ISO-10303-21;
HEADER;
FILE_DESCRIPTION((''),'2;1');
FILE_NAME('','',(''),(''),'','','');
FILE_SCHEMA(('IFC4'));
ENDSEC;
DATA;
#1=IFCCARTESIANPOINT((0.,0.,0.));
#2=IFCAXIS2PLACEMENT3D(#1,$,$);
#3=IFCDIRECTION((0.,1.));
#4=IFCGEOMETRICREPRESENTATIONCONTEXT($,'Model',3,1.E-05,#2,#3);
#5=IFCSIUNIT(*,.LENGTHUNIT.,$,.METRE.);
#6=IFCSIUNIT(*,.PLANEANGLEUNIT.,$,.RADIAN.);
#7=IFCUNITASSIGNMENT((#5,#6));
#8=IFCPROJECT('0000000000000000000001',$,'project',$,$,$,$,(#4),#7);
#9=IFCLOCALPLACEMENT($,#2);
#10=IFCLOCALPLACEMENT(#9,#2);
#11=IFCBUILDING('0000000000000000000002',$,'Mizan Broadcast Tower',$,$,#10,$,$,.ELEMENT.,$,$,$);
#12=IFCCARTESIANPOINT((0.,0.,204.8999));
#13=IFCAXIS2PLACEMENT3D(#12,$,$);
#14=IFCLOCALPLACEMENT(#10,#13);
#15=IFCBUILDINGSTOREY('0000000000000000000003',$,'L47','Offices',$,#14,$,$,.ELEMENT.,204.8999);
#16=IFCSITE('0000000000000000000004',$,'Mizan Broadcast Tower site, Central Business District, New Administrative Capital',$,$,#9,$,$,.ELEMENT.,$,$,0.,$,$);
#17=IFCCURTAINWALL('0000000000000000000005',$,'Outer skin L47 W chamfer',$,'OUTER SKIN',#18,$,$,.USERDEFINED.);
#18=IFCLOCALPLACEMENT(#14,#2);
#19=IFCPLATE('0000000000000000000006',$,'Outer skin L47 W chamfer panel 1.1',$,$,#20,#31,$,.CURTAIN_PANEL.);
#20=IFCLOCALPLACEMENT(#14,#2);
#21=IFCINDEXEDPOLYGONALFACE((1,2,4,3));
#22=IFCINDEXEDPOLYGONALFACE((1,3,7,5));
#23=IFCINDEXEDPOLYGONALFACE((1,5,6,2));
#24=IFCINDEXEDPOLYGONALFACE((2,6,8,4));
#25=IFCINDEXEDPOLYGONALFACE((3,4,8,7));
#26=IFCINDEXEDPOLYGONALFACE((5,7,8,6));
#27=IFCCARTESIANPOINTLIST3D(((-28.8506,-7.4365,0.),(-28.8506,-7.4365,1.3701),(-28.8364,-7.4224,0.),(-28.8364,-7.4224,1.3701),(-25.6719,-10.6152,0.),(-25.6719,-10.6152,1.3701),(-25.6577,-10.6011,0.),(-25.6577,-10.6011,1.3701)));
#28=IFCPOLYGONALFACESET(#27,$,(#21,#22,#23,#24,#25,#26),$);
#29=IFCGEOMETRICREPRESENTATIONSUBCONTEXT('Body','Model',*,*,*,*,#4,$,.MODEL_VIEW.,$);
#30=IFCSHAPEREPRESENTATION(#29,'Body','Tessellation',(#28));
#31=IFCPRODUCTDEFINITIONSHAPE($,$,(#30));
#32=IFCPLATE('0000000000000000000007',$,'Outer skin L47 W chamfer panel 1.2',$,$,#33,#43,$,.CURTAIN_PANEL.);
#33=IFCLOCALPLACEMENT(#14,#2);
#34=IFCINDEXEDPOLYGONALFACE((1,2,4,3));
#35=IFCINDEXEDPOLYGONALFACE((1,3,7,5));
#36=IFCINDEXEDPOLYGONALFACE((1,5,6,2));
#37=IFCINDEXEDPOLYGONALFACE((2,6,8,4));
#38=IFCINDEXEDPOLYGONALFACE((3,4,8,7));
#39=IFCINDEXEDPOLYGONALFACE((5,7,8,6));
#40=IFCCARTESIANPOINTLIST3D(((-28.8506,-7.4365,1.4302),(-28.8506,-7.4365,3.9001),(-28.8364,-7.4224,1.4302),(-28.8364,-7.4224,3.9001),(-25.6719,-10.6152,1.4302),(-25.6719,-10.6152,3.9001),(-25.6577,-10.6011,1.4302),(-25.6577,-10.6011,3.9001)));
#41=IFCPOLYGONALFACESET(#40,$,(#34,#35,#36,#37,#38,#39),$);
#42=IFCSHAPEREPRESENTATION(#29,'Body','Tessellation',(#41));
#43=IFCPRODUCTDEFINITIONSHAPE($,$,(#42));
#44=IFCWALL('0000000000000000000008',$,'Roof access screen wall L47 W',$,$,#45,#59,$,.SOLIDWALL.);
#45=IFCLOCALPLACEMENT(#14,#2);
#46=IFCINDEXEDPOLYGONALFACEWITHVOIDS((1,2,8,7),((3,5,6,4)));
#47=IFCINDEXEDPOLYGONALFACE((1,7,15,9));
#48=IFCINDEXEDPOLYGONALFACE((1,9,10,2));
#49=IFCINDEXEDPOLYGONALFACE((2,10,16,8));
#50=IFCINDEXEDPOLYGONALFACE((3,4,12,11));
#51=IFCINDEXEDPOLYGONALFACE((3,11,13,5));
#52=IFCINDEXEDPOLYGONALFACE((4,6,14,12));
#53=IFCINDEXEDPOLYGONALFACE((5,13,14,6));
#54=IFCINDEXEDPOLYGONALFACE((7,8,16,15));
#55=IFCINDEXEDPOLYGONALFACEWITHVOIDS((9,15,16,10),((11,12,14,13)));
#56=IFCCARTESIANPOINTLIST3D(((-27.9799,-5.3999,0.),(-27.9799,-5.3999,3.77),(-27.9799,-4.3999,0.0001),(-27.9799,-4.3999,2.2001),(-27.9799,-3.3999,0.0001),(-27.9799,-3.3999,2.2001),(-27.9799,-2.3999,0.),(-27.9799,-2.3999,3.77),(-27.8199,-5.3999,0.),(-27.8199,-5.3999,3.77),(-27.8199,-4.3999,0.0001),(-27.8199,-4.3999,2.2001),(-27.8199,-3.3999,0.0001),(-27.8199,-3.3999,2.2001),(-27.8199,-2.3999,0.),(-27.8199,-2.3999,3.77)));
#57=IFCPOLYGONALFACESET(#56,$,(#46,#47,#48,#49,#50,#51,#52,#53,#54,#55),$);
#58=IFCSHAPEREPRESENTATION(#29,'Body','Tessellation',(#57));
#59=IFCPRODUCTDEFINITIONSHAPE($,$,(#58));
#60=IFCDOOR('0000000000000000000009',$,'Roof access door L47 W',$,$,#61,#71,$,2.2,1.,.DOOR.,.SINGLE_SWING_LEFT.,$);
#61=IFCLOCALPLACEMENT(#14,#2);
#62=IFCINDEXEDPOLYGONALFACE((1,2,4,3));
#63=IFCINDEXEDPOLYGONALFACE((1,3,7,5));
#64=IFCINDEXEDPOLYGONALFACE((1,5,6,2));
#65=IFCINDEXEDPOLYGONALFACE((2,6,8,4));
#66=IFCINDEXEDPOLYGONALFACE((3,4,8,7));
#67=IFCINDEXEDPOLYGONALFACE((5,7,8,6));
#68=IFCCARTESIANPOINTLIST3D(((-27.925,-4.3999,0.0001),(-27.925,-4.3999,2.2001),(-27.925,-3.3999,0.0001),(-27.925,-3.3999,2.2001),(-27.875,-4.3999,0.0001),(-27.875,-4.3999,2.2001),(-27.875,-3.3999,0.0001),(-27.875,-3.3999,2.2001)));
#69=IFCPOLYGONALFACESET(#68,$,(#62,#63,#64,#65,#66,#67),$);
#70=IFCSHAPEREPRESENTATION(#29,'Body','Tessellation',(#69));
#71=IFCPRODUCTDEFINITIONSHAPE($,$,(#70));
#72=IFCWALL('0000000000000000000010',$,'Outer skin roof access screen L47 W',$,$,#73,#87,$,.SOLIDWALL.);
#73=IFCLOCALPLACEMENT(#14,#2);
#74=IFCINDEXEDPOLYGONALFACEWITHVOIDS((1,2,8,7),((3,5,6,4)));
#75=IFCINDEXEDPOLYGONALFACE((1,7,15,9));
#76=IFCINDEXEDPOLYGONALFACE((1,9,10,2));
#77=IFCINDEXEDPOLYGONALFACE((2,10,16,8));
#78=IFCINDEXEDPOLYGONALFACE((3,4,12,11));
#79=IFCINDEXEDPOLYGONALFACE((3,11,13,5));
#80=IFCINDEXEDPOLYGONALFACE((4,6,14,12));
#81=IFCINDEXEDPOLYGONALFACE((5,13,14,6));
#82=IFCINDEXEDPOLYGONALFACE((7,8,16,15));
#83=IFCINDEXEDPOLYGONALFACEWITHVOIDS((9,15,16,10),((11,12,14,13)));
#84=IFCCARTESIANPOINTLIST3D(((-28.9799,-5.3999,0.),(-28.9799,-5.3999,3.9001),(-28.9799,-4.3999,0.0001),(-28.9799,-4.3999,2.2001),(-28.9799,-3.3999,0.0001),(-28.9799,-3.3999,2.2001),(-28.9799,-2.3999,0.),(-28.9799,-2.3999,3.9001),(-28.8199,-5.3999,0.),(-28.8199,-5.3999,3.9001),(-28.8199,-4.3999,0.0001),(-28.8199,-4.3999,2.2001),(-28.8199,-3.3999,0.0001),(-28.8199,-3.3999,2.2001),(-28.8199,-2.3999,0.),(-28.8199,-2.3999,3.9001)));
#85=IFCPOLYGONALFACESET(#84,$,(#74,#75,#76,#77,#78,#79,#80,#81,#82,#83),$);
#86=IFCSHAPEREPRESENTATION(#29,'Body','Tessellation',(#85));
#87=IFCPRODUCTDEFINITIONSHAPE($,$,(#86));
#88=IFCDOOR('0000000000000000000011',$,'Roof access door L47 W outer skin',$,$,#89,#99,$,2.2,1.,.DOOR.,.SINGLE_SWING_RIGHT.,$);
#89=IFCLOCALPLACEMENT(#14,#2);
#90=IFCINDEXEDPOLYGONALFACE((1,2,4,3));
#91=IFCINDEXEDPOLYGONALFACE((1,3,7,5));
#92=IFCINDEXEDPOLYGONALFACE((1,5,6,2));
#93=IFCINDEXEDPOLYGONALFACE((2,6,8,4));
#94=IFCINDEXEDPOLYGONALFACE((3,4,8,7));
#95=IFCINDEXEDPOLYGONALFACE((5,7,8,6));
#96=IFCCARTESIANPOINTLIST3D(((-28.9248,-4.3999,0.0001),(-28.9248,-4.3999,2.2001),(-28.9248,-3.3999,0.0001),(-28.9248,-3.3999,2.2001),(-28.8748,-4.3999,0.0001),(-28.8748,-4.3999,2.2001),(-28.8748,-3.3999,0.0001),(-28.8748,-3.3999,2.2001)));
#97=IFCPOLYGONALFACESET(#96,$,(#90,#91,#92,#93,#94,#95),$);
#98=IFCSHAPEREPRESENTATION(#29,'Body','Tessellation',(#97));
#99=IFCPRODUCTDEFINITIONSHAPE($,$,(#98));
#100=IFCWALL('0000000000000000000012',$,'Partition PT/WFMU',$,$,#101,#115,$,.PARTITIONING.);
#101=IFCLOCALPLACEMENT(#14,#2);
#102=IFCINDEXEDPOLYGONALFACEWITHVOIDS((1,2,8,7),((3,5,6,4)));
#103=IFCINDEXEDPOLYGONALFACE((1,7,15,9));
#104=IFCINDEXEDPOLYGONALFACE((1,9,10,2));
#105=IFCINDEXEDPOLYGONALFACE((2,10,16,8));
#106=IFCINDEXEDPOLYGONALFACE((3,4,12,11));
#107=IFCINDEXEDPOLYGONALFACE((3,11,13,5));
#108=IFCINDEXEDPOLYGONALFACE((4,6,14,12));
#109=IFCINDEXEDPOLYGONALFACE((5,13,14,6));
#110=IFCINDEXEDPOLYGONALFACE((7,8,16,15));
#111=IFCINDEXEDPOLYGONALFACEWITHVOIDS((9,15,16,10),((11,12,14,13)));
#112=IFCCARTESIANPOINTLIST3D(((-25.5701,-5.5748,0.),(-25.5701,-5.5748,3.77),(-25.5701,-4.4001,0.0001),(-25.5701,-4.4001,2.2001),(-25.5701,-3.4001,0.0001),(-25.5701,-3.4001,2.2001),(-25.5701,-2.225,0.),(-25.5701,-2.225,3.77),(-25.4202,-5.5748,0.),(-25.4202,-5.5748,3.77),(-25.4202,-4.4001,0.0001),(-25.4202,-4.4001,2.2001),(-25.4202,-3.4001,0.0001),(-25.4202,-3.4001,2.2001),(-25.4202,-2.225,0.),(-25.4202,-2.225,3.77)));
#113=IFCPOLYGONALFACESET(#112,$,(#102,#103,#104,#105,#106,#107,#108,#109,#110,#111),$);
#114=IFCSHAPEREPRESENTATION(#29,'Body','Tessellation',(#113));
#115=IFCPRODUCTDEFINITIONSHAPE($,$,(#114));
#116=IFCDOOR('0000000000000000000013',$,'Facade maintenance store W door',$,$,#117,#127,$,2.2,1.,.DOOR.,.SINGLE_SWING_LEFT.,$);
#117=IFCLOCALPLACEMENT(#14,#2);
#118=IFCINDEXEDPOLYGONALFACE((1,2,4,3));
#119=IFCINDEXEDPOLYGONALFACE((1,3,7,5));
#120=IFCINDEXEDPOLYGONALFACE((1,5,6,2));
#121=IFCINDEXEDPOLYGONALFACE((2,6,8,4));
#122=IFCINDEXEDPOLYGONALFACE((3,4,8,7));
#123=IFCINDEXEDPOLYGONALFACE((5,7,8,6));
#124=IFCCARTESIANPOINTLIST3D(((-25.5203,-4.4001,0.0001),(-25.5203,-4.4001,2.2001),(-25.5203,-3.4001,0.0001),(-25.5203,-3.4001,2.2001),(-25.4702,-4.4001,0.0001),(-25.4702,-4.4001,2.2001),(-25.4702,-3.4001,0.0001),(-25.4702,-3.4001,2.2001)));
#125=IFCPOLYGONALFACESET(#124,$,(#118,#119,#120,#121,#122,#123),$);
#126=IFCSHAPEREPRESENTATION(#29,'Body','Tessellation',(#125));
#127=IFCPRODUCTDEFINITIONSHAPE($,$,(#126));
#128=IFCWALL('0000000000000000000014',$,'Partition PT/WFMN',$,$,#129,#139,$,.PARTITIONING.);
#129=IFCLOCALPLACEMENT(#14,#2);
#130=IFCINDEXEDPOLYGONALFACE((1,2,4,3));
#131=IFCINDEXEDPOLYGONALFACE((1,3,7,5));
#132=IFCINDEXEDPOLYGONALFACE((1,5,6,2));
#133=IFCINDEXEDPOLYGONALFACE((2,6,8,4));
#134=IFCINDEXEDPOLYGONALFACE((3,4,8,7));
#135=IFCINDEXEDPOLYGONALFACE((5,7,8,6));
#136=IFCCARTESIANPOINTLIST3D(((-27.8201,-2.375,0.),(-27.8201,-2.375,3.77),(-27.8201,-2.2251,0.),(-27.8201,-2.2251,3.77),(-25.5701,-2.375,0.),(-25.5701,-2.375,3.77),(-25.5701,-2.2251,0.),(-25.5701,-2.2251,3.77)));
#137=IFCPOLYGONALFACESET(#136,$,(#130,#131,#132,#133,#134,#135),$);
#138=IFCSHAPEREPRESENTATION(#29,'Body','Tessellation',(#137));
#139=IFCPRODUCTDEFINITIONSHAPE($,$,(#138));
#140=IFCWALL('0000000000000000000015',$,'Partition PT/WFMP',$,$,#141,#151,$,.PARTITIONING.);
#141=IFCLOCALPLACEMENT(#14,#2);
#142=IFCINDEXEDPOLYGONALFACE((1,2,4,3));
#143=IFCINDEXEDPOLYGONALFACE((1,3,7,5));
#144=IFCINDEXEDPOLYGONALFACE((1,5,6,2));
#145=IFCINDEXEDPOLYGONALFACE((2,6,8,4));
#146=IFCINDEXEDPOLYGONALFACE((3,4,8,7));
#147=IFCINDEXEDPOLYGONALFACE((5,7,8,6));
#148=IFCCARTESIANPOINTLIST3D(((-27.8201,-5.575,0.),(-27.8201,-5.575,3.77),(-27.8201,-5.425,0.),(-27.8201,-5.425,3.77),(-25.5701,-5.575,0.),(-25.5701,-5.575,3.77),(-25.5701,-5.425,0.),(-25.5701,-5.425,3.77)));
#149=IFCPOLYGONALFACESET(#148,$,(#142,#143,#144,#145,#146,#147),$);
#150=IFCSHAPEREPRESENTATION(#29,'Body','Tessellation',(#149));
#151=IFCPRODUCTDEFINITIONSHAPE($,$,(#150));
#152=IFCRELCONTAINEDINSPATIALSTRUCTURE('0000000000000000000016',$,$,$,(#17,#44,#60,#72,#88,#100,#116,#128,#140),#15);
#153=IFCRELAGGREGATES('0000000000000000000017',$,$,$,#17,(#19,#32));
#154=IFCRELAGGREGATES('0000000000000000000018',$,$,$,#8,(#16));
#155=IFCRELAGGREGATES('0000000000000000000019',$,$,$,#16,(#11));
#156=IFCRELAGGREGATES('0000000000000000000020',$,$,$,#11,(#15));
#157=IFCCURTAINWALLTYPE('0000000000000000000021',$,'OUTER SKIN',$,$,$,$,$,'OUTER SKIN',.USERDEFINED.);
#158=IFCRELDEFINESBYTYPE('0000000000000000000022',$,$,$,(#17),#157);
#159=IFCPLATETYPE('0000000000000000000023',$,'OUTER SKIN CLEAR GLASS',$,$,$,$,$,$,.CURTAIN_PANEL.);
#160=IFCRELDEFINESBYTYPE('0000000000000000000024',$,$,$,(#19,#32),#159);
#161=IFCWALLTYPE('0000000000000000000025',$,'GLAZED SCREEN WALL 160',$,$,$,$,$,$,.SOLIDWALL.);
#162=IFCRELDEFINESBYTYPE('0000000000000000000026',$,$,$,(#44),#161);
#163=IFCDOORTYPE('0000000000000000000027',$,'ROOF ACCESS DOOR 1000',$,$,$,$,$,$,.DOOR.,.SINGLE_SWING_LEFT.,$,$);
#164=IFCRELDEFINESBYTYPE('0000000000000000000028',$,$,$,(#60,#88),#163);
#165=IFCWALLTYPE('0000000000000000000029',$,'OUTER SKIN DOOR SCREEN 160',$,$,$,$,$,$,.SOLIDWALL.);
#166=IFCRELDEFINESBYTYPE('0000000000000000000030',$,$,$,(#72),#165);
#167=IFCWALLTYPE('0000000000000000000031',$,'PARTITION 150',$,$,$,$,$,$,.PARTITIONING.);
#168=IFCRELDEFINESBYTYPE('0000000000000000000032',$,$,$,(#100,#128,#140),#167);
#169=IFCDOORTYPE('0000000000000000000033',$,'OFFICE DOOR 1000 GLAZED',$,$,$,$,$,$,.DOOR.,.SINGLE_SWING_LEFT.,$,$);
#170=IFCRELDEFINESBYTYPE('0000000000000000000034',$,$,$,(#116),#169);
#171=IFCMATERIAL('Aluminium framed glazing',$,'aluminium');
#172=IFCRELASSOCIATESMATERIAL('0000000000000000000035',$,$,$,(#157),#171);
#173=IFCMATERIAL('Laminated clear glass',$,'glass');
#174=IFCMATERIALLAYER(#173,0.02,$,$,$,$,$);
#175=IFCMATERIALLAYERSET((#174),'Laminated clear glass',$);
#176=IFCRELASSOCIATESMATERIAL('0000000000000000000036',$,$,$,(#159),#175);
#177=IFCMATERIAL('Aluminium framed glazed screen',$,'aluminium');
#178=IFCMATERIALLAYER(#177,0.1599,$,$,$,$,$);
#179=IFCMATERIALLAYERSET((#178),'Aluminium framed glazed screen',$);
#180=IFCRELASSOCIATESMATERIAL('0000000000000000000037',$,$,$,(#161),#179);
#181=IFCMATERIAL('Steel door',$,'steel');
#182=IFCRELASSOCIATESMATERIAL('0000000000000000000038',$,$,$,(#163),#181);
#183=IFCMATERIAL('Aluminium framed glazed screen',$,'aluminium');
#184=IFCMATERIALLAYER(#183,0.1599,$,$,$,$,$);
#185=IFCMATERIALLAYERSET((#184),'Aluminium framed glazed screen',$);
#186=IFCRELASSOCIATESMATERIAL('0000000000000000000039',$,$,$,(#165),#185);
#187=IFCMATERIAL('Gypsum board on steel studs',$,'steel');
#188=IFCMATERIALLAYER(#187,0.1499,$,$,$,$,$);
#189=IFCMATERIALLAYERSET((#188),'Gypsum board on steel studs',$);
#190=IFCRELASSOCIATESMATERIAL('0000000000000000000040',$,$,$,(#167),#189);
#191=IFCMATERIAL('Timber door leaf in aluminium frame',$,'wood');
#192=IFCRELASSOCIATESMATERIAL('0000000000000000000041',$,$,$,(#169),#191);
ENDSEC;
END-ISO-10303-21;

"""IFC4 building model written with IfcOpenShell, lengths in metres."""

from ifc_helpers import new_model, si_unit, direction, frame, frame_2d, origin, origin_2d, place, context, subcontext, project, spatial, rectangle, extrude, material, layer, layer_set, type_object, element, fill, aggregate, save


model = new_model("IFC4")

# Units and contexts
model_context = context("Model", 3, precision=1e-05, world=origin(), true_north=direction((0.0, 1.0)))
body_context = subcontext(model_context, "Body", "Model", "MODEL_VIEW")
ifc_project = project(units=[si_unit("LENGTHUNIT", "METRE"), si_unit("PLANEANGLEUNIT", "RADIAN")], contexts=[model_context])

# Site, building, storey
site_placement = place(None, origin())
site = spatial("IfcSite", under=ifc_project, at=site_placement, Name="Mizan Broadcast Tower site, Central Business District, New Administrative Capital", CompositionType="ELEMENT", RefElevation=0.0)
building_placement = place(site_placement, origin())
building = spatial("IfcBuilding", under=site, at=building_placement, Name="Mizan Broadcast Tower", CompositionType="ELEMENT")
storey_placement = place(building_placement, frame((0.0, 0.0, 204.8999)))
storey = spatial("IfcBuildingStorey", under=building, at=storey_placement, Name="L47", Description="Offices", CompositionType="ELEMENT", Elevation=204.8999)

# Shared definitions
ifc_material_1 = material(Name="Aluminium framed glazing", Category="aluminium")
curtain_wall_type_1 = type_object("IfcCurtainWallType", Name="OUTER SKIN", ElementType="OUTER SKIN", PredefinedType="USERDEFINED", material=ifc_material_1)

# Curtain wall
curtain_wall_1_placement = place(storey_placement, origin())
curtain_wall_1 = element("IfcCurtainWall", 1, at=curtain_wall_1_placement, inside=storey, type_object=curtain_wall_type_1, Name="Outer skin L47 W chamfer", ObjectType="OUTER SKIN", PredefinedType="USERDEFINED")

# Plates
ifc_material_2 = material(Name="Laminated clear glass", Category="glass")
ifc_layer_1 = layer(ifc_material_2, 0.02)
ifc_layer_set_1 = layer_set([ifc_layer_1], Name="Laminated clear glass")
plate_type_1 = type_object("IfcPlateType", Name="OUTER SKIN CLEAR GLASS", PredefinedType="CURTAIN_PANEL", material=ifc_layer_set_1)
plate_1_placement = place(storey_placement, frame((-27.2542, -9.0188, 0.0), z_axis=(0.0, 0.0, 1.0), x_axis=(0.707107, -0.707107, 0.0)))
plate_1 = element("IfcPlate", 2, at=plate_1_placement, type_object=plate_type_1, Name="Outer skin L47 W chamfer panel 1.1", PredefinedType="CURTAIN_PANEL", context=body_context, shape_type="SweptSolid", body=[
    extrude(rectangle(XDim=4.4954, YDim=0.02, at=origin_2d()), origin(), (0.0, 0.0, 1.0), 1.3701),
])
plate_2_placement = place(storey_placement, frame((-27.2542, -9.0188, 1.4302), z_axis=(0.0, 0.0, 1.0), x_axis=(0.707107, -0.707107, 0.0)))
plate_2 = element("IfcPlate", 3, at=plate_2_placement, type_object=plate_type_1, Name="Outer skin L47 W chamfer panel 1.2", PredefinedType="CURTAIN_PANEL", context=body_context, shape_type="SweptSolid", body=[
    extrude(rectangle(XDim=4.4954, YDim=0.02, at=origin_2d()), origin(), (0.0, 0.0, 1.0), 2.47),
])
aggregate(curtain_wall_1, [plate_1, plate_2])

# Walls, openings, doors
ifc_material_3 = material(Name="Aluminium framed glazed screen", Category="aluminium")
ifc_layer_2 = layer(ifc_material_3, 0.1599)
ifc_layer_set_2 = layer_set([ifc_layer_2], Name="Aluminium framed glazed screen")
wall_type_1 = type_object("IfcWallType", Name="GLAZED SCREEN WALL 160", PredefinedType="SOLIDWALL", material=ifc_layer_set_2)
wall_1_placement = place(storey_placement, frame((-27.8999, -2.3999, 0.0), z_axis=(0.0, 0.0, 1.0), x_axis=(0.0, -1.0, 0.0)))
wall_1 = element("IfcWall", 4, at=wall_1_placement, inside=storey, type_object=wall_type_1, Name="Roof access screen wall L47 W", PredefinedType="SOLIDWALL", context=body_context, shape_type="SweptSolid", body=[
    extrude(rectangle(XDim=3.0, YDim=0.1599, at=frame_2d((1.5, 0.0))), origin(), (0.0, 0.0, 1.0), 3.77),
])
opening_1_placement = place(wall_1_placement, frame((1.0, 0.0, 0.0)))
opening_1 = element("IfcOpeningElement", 5, at=opening_1_placement, cuts=wall_1, PredefinedType="OPENING", context=body_context, shape_type="SweptSolid", body=[
    extrude(rectangle(XDim=1.0, YDim=2.2, at=frame_2d((0.5, 1.1001))), frame((0.0, 0.0898, 0.0), z_axis=(0.0, -1.0, 0.0), x_axis=(1.0, 0.0, 0.0)), (0.0, 0.0, 1.0), 0.1799),
])
ifc_material_4 = material(Name="Steel door", Category="steel")
door_type_1 = type_object("IfcDoorType", Name="ROOF ACCESS DOOR 1000", OperationType="SINGLE_SWING_LEFT", PredefinedType="DOOR", material=ifc_material_4)
door_1_placement = place(opening_1_placement, origin())
door_1 = element("IfcDoor", 6, at=door_1_placement, inside=storey, type_object=door_type_1, Name="Roof access door L47 W", OperationType="SINGLE_SWING_LEFT", OverallHeight=2.2, OverallWidth=1.0, PredefinedType="DOOR", context=body_context, shape_type="SweptSolid", body=[
    extrude(rectangle(XDim=1.0, YDim=2.2, at=frame_2d((0.5, 1.1001))), frame((0.0, 0.0249, 0.0), z_axis=(0.0, -1.0, 0.0), x_axis=(1.0, 0.0, 0.0)), (0.0, 0.0, 1.0), 0.05),
])
fill(opening_1, door_1)
ifc_material_5 = material(Name="Aluminium framed glazed screen", Category="aluminium")
ifc_layer_3 = layer(ifc_material_5, 0.1599)
ifc_layer_set_3 = layer_set([ifc_layer_3], Name="Aluminium framed glazed screen")
wall_type_2 = type_object("IfcWallType", Name="OUTER SKIN DOOR SCREEN 160", PredefinedType="SOLIDWALL", material=ifc_layer_set_3)
wall_2_placement = place(storey_placement, frame((-28.8999, -5.3999, 0.0), z_axis=(0.0, 0.0, 1.0), x_axis=(0.0, 1.0, 0.0)))
wall_2 = element("IfcWall", 7, at=wall_2_placement, inside=storey, type_object=wall_type_2, Name="Outer skin roof access screen L47 W", PredefinedType="SOLIDWALL", context=body_context, shape_type="SweptSolid", body=[
    extrude(rectangle(XDim=3.0, YDim=0.1599, at=frame_2d((1.5, 0.0))), origin(), (0.0, 0.0, 1.0), 3.9001),
])
opening_2_placement = place(wall_2_placement, frame((1.0, 0.0, 0.0)))
opening_2 = element("IfcOpeningElement", 8, at=opening_2_placement, cuts=wall_2, PredefinedType="OPENING", context=body_context, shape_type="SweptSolid", body=[
    extrude(rectangle(XDim=1.0, YDim=2.2, at=frame_2d((0.5, 1.1001))), frame((0.0, 0.0898, 0.0), z_axis=(0.0, -1.0, 0.0), x_axis=(1.0, 0.0, 0.0)), (0.0, 0.0, 1.0), 0.1799),
])
door_2_placement = place(opening_2_placement, origin())
door_2 = element("IfcDoor", 9, at=door_2_placement, inside=storey, type_object=door_type_1, Name="Roof access door L47 W outer skin", OperationType="SINGLE_SWING_RIGHT", OverallHeight=2.2, OverallWidth=1.0, PredefinedType="DOOR", context=body_context, shape_type="SweptSolid", body=[
    extrude(rectangle(XDim=1.0, YDim=2.2, at=frame_2d((0.5, 1.1001))), frame((0.0, 0.0249, 0.0), z_axis=(0.0, -1.0, 0.0), x_axis=(1.0, 0.0, 0.0)), (0.0, 0.0, 1.0), 0.05),
])
fill(opening_2, door_2)
ifc_material_6 = material(Name="Gypsum board on steel studs", Category="steel")
ifc_layer_4 = layer(ifc_material_6, 0.1499)
ifc_layer_set_4 = layer_set([ifc_layer_4], Name="Gypsum board on steel studs")
wall_type_3 = type_object("IfcWallType", Name="PARTITION 150", PredefinedType="PARTITIONING", material=ifc_layer_set_4)
wall_3_placement = place(storey_placement, frame((-25.4951, -2.2251, 0.0), z_axis=(0.0, 0.0, 1.0), x_axis=(0.0, -1.0, 0.0)))
wall_3 = element("IfcWall", 10, at=wall_3_placement, inside=storey, type_object=wall_type_3, Name="Partition PT/WFMU", PredefinedType="PARTITIONING", context=body_context, shape_type="SweptSolid", body=[
    extrude(rectangle(XDim=3.3499, YDim=0.1499, at=frame_2d((1.6748, 0.0))), origin(), (0.0, 0.0, 1.0), 3.77),
])
opening_3_placement = place(wall_3_placement, frame((1.175, 0.0, 0.0)))
opening_3 = element("IfcOpeningElement", 11, at=opening_3_placement, cuts=wall_3, PredefinedType="OPENING", context=body_context, shape_type="SweptSolid", body=[
    extrude(rectangle(XDim=1.0, YDim=2.2, at=frame_2d((0.5, 1.1001))), frame((0.0, 0.085, 0.0), z_axis=(0.0, -1.0, 0.0), x_axis=(1.0, 0.0, 0.0)), (0.0, 0.0, 1.0), 0.1699),
])
ifc_material_7 = material(Name="Timber door leaf in aluminium frame", Category="wood")
door_type_2 = type_object("IfcDoorType", Name="OFFICE DOOR 1000 GLAZED", OperationType="SINGLE_SWING_LEFT", PredefinedType="DOOR", material=ifc_material_7)
door_3_placement = place(opening_3_placement, origin())
door_3 = element("IfcDoor", 12, at=door_3_placement, inside=storey, type_object=door_type_2, Name="Facade maintenance store W door", OperationType="SINGLE_SWING_LEFT", OverallHeight=2.2, OverallWidth=1.0, PredefinedType="DOOR", context=body_context, shape_type="SweptSolid", body=[
    extrude(rectangle(XDim=1.0, YDim=2.2, at=frame_2d((0.5, 1.1001))), frame((0.0, 0.0249, 0.0), z_axis=(0.0, -1.0, 0.0), x_axis=(1.0, 0.0, 0.0)), (0.0, 0.0, 1.0), 0.05),
])
fill(opening_3, door_3)

# Walls
for number, where, z_axis, x_axis, name in (
    (13, (-25.5701, -2.3, 0.0), (0.0, 0.0, 1.0), (-1.0, 0.0, 0.0), "Partition PT/WFMN"),
    (14, (-25.5701, -5.5, 0.0), (0.0, 0.0, 1.0), (-1.0, 0.0, 0.0), "Partition PT/WFMP"),
):
    element("IfcWall", number, at=place(storey_placement, frame(where, z_axis=z_axis, x_axis=x_axis)), inside=storey, type_object=wall_type_3, Name=name, PredefinedType="PARTITIONING", context=body_context, shape_type="SweptSolid", body=[
        extrude(rectangle(XDim=2.25, YDim=0.1499, at=frame_2d((1.125, 0.0))), origin(), (0.0, 0.0, 1.0), 3.77),
    ])

save(model, "model.ifc")
